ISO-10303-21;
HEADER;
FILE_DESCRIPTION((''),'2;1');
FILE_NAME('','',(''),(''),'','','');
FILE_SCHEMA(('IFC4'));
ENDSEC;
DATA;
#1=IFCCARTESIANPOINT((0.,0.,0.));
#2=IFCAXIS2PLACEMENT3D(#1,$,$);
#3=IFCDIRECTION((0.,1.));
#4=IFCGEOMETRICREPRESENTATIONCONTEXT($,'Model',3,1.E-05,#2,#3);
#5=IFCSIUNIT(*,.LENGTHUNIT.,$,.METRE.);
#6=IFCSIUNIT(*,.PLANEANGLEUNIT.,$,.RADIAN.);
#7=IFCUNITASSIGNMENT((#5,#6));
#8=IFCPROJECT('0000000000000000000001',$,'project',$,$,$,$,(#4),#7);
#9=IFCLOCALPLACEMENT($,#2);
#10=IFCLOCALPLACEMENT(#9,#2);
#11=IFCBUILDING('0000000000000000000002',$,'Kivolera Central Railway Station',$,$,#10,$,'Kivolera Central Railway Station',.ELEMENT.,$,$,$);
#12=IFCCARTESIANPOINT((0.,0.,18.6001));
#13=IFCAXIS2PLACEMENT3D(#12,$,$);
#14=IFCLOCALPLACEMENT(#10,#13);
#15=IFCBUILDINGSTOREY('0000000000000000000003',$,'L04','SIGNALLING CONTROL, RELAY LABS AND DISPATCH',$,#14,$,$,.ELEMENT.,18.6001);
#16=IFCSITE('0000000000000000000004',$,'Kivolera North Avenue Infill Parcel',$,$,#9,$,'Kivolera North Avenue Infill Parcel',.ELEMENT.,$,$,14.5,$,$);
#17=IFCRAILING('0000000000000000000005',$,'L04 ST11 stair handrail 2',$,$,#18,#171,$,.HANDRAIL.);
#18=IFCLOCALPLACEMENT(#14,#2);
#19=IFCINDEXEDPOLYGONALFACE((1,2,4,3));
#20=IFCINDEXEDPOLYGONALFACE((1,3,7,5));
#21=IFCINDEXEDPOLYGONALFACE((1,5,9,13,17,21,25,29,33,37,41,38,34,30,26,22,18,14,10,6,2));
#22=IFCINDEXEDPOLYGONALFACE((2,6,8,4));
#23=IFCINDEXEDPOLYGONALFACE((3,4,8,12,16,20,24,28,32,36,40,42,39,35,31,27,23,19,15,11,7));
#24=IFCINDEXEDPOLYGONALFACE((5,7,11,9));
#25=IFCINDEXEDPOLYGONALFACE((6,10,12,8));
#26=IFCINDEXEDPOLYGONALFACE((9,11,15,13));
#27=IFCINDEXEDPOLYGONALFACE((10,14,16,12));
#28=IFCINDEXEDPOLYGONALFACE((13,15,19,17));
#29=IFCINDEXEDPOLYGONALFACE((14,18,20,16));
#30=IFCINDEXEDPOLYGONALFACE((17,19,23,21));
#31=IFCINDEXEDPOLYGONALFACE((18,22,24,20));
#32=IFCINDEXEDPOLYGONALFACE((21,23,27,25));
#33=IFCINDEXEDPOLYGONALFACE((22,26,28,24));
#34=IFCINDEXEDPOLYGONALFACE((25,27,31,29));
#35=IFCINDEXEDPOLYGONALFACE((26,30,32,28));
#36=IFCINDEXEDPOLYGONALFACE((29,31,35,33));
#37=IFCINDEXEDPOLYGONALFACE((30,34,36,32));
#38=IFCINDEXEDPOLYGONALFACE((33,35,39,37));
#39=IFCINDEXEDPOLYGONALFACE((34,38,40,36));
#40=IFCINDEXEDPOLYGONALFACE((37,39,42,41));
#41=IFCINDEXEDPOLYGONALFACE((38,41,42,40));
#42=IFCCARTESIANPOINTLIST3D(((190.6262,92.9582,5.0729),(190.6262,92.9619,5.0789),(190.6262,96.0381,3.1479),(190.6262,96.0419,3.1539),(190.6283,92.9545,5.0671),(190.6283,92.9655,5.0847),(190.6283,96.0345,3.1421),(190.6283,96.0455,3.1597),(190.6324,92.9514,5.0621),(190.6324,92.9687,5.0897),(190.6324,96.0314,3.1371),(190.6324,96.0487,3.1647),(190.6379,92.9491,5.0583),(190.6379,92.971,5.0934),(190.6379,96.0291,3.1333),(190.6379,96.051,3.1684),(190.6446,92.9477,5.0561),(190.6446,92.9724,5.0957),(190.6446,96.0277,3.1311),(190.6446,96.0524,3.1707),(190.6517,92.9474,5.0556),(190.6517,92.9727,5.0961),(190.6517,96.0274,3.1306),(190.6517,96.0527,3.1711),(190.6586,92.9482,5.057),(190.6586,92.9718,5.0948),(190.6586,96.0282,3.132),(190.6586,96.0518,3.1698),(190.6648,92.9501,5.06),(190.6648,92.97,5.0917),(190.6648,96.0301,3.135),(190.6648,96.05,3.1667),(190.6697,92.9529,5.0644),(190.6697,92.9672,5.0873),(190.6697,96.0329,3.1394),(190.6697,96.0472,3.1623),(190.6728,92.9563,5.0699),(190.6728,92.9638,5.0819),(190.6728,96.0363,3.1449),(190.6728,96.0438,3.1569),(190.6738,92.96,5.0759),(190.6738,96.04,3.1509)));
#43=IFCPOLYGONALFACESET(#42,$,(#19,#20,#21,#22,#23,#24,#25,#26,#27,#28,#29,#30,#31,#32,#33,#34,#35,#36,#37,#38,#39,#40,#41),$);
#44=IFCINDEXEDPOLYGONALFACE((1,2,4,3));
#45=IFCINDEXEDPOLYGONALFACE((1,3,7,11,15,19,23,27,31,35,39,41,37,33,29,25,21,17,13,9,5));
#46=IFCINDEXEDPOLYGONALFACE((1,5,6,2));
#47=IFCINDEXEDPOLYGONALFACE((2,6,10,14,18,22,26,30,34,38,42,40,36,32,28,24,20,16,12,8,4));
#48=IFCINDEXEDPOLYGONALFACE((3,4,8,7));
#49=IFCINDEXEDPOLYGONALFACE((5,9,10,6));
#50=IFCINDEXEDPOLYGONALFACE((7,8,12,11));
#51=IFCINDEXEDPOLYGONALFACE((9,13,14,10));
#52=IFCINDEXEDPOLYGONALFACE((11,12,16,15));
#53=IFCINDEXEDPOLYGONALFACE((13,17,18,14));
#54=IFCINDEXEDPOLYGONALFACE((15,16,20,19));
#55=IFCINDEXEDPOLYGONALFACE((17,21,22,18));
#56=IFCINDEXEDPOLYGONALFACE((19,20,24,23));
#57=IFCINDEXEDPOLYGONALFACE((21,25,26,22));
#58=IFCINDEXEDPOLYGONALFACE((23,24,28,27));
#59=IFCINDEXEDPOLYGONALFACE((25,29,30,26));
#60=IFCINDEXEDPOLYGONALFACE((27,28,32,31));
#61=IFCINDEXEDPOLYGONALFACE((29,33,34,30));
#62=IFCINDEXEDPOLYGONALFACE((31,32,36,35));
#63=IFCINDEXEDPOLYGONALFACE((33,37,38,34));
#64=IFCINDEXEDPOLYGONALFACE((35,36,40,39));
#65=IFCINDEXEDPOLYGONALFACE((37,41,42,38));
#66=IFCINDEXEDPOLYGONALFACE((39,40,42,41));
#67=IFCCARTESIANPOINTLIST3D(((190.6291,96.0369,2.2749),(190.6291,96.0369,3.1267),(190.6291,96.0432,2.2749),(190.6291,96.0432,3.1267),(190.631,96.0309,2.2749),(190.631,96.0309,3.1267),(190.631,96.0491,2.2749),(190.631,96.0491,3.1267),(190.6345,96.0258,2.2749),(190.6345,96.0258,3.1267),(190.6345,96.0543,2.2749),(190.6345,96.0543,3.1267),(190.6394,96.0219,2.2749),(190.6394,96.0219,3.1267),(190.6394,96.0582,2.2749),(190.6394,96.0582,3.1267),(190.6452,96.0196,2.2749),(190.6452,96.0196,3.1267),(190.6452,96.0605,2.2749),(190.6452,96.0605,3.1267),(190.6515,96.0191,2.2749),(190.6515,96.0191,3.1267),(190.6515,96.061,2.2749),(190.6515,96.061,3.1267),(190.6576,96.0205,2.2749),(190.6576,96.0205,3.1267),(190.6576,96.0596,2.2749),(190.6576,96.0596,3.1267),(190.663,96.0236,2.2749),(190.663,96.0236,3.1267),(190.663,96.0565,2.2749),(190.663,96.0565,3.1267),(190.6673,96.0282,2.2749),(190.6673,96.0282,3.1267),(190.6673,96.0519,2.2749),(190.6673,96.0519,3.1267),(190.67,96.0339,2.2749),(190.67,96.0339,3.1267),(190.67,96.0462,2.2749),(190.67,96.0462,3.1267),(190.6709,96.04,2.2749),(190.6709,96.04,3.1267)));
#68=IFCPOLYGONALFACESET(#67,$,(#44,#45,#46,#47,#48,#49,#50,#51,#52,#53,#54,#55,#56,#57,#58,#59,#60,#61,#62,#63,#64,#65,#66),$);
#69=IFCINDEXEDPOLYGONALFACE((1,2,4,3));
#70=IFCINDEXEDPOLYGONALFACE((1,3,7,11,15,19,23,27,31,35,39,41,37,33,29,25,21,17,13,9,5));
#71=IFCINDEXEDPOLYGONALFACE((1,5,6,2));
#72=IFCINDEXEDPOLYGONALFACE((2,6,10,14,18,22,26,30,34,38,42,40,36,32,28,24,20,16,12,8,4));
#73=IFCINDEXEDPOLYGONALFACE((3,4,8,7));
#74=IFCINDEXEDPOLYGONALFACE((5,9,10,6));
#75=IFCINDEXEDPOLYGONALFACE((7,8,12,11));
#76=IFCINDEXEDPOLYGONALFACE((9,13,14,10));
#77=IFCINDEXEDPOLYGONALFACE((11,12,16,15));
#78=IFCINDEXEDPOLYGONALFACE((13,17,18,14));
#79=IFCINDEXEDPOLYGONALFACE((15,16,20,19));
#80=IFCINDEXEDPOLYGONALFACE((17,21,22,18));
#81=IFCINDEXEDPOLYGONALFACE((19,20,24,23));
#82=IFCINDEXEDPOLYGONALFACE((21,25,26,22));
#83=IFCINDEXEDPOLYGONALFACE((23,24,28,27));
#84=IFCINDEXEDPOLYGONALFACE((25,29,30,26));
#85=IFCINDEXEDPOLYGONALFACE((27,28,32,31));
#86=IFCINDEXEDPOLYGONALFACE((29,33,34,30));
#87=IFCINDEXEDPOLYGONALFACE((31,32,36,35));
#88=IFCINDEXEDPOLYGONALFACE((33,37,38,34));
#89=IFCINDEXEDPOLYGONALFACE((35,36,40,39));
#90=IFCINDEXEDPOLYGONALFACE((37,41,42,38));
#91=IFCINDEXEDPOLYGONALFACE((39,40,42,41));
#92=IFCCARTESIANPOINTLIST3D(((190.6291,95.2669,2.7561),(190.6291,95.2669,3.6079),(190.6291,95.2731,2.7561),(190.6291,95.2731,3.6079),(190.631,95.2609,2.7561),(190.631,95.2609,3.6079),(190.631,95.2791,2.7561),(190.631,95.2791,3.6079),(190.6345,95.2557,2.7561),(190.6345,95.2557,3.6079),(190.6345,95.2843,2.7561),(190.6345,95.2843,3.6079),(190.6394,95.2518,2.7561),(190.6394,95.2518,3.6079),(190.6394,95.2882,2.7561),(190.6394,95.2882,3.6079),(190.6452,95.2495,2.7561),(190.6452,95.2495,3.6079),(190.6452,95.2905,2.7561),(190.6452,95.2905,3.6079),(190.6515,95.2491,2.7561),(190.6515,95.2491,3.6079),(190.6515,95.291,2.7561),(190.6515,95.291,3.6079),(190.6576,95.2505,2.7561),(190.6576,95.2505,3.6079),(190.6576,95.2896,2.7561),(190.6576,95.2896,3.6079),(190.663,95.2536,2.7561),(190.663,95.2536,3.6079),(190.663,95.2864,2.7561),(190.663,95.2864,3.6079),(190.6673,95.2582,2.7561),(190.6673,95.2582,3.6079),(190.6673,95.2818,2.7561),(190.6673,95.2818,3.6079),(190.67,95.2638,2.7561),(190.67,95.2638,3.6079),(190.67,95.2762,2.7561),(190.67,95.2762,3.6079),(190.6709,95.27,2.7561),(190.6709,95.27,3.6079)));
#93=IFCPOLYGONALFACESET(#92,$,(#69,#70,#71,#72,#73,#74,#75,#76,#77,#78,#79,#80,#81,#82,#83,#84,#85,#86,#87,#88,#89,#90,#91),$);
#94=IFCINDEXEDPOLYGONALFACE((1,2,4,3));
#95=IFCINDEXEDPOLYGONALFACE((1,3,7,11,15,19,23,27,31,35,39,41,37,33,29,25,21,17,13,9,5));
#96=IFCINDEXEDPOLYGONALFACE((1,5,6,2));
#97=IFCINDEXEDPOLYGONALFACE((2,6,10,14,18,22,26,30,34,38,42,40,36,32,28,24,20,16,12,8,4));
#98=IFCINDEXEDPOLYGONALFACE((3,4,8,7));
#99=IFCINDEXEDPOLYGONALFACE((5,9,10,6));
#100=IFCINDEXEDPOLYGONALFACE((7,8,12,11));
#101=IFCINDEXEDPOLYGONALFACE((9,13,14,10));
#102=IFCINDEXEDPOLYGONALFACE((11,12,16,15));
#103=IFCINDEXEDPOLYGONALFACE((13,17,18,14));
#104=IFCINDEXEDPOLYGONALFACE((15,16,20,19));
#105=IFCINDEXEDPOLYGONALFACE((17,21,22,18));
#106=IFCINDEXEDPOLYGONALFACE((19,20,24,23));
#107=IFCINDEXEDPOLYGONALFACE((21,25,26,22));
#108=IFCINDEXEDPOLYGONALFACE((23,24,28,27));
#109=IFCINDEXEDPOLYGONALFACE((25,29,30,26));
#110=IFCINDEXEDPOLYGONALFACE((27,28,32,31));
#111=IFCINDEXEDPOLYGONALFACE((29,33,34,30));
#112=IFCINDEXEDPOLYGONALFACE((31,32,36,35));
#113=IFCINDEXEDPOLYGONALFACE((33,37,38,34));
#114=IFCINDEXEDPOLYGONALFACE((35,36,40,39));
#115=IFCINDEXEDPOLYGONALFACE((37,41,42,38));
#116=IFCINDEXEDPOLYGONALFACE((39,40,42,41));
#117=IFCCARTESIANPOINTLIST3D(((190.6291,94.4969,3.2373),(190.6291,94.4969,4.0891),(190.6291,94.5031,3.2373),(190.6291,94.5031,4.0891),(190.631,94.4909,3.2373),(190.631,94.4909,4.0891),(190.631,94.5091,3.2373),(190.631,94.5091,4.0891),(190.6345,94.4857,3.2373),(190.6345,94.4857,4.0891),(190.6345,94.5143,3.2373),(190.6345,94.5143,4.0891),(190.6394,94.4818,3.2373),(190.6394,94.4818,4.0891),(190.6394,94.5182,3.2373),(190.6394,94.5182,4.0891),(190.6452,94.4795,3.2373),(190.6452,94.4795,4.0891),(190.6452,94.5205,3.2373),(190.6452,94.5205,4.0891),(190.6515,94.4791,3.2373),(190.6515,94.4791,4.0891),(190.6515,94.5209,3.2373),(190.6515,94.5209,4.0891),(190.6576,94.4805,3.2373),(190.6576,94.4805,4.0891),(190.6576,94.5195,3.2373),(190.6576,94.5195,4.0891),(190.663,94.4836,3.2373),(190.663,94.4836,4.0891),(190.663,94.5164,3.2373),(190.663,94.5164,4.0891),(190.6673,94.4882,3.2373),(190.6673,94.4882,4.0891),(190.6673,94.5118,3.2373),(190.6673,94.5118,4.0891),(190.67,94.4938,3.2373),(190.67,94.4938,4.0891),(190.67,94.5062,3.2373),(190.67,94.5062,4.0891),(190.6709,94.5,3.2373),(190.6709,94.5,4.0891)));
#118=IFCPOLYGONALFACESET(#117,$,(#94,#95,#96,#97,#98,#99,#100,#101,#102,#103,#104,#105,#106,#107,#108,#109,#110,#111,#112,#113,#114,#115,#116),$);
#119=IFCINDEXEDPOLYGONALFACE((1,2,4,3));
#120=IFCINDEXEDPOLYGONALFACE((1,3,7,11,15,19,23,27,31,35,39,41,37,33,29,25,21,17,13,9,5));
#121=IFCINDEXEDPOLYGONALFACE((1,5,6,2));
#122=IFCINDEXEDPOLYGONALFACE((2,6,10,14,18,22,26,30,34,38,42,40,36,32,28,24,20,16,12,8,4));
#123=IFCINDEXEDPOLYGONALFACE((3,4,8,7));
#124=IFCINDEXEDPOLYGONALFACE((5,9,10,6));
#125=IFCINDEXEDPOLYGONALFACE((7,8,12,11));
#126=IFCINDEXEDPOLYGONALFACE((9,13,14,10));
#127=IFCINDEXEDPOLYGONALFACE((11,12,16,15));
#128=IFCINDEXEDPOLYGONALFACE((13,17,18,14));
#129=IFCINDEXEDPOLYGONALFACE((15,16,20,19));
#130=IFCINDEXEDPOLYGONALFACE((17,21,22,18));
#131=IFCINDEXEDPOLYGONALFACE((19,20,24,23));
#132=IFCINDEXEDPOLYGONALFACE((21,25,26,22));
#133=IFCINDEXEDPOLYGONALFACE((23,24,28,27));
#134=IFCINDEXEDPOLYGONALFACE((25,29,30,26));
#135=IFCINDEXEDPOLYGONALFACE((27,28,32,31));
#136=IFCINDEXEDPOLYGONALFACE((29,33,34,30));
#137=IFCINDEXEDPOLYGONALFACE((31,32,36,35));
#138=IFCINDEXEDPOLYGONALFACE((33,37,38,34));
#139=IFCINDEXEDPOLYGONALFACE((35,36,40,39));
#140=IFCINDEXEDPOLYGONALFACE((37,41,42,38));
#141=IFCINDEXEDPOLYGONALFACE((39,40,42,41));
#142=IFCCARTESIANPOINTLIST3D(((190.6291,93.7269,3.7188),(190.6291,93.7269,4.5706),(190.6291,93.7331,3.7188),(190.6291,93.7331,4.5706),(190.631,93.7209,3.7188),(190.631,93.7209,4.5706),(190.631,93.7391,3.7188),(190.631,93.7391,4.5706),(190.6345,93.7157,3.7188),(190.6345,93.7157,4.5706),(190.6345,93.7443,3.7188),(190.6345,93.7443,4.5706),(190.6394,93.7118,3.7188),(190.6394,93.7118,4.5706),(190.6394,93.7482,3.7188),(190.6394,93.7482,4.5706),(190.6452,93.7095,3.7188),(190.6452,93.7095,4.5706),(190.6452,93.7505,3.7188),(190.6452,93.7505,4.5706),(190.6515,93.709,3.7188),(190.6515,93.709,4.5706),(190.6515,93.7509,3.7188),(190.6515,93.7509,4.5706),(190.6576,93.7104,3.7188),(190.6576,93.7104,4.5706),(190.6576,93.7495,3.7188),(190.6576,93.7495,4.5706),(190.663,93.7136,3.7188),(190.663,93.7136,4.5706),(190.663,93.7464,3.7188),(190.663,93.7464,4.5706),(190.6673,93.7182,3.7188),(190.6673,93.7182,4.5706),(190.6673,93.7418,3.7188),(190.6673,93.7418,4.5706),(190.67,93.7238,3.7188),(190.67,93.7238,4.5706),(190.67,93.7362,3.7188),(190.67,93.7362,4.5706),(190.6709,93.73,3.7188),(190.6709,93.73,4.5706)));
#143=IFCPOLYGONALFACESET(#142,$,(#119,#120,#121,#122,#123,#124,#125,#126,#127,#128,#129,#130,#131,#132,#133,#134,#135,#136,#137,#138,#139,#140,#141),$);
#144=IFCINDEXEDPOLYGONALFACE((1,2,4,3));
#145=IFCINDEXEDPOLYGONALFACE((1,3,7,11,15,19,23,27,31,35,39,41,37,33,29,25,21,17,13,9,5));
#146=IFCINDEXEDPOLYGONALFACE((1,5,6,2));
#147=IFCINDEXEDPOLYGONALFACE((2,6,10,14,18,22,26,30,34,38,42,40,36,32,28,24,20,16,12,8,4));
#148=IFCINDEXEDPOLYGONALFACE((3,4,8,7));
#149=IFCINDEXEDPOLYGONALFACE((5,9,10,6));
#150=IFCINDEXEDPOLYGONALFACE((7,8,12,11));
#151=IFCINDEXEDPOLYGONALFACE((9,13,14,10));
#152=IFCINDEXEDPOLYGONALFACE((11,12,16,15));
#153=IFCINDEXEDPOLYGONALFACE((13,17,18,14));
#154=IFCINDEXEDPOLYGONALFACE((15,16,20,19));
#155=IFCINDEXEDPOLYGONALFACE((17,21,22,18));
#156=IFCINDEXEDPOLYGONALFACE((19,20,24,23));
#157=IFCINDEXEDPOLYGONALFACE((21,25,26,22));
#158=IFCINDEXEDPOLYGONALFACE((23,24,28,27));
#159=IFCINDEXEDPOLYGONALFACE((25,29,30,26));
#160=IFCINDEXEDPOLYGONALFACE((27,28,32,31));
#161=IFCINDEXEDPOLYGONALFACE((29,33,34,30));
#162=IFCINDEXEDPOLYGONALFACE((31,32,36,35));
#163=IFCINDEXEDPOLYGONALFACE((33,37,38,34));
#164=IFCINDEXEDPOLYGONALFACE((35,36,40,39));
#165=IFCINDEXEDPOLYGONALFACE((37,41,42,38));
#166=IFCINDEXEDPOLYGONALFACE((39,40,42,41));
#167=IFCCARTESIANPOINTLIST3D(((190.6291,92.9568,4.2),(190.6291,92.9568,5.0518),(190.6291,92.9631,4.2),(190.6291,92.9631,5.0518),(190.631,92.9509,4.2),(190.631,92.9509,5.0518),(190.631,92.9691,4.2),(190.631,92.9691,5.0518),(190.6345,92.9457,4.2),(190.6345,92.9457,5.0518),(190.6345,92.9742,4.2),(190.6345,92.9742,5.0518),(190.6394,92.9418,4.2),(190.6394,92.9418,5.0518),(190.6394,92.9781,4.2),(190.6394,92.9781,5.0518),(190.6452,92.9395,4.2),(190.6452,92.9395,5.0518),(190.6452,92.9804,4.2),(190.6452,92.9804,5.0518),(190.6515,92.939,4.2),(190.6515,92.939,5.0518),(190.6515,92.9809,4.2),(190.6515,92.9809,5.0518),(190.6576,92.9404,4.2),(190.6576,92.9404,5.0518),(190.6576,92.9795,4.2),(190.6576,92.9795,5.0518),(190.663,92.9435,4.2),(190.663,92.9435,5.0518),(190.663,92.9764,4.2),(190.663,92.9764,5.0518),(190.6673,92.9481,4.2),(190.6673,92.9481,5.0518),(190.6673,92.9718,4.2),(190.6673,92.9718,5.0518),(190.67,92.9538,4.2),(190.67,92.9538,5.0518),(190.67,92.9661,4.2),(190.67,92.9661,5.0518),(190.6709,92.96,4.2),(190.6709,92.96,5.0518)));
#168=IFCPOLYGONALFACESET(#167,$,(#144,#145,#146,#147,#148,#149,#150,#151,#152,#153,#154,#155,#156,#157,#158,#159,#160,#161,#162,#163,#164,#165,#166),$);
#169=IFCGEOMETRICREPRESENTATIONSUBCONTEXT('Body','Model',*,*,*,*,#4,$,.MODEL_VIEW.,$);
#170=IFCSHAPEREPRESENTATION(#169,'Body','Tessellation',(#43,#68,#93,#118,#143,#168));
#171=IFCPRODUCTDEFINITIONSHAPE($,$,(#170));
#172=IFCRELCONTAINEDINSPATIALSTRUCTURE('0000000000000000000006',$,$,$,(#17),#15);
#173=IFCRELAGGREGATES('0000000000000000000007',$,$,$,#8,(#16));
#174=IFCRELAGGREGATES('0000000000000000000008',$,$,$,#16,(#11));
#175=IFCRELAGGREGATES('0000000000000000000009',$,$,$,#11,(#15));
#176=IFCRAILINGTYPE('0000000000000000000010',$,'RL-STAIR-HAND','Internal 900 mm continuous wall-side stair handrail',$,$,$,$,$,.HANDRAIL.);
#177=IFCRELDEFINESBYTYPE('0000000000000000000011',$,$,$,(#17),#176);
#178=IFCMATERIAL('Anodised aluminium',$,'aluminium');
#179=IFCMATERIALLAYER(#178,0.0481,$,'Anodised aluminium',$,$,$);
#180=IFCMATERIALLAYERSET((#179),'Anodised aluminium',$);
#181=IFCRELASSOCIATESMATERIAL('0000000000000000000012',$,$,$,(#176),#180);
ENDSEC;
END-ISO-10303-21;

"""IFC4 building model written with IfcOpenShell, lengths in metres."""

from ifc_helpers import new_model, si_unit, direction, frame, origin, origin_2d, place, context, subcontext, project, spatial, circle, extrude, material, layer, layer_set, type_object, element, save


model = new_model("IFC4")

# Units and contexts
model_context = context("Model", 3, precision=1e-05, world=origin(), true_north=direction((0.0, 1.0)))
body_context = subcontext(model_context, "Body", "Model", "MODEL_VIEW")
ifc_project = project(units=[si_unit("LENGTHUNIT", "METRE"), si_unit("PLANEANGLEUNIT", "RADIAN")], contexts=[model_context])

# Site, building, storey
site_placement = place(None, origin())
site = spatial("IfcSite", under=ifc_project, at=site_placement, Name="Kivolera North Avenue Infill Parcel", LongName="Kivolera North Avenue Infill Parcel", CompositionType="ELEMENT", RefElevation=14.5)
building_placement = place(site_placement, origin())
building = spatial("IfcBuilding", under=site, at=building_placement, Name="Kivolera Central Railway Station", LongName="Kivolera Central Railway Station", CompositionType="ELEMENT")
storey_placement = place(building_placement, frame((0.0, 0.0, 18.6001)))
storey = spatial("IfcBuildingStorey", under=building, at=storey_placement, Name="L04", Description="SIGNALLING CONTROL, RELAY LABS AND DISPATCH", CompositionType="ELEMENT", Elevation=18.6001)

# Shared definitions
ifc_material_1 = material(Name="Anodised aluminium", Category="aluminium")

# Railing
ifc_layer_1 = layer(ifc_material_1, 0.0481, Name="Anodised aluminium")
ifc_layer_set_1 = layer_set([ifc_layer_1], Name="Anodised aluminium")
railing_type_1 = type_object("IfcRailingType", Name="RL-STAIR-HAND", Description="Internal 900 mm continuous wall-side stair handrail", PredefinedType="HANDRAIL", material=ifc_layer_set_1)
railing_1_placement = place(storey_placement, frame((190.6499, 96.04, 2.2749)))
element("IfcRailing", 1, at=railing_1_placement, inside=storey, type_object=railing_type_1, Name="L04 ST11 stair handrail 2", PredefinedType="HANDRAIL", context=body_context, shape_type="SweptSolid", body=[
    extrude(circle(Radius=0.0239, at=origin_2d()), frame((0.0, 0.0, 0.876), z_axis=(0.0, -0.847998, 0.529999), x_axis=(1.0, 0.0, 0.0)), (0.0, 0.0, 1.0), 3.6321),
    extrude(circle(Radius=0.021, at=origin_2d()), origin(), (0.0, 0.0, 1.0), 0.8518),
    extrude(circle(Radius=0.021, at=origin_2d()), frame((0.0, -0.77, 0.4812)), (0.0, 0.0, 1.0), 0.8518),
    extrude(circle(Radius=0.021, at=origin_2d()), frame((0.0, -1.54, 0.9624)), (0.0, 0.0, 1.0), 0.8518),
    extrude(circle(Radius=0.021, at=origin_2d()), frame((0.0, -2.3101, 1.4438)), (0.0, 0.0, 1.0), 0.8518),
    extrude(circle(Radius=0.021, at=origin_2d()), frame((0.0, -3.0801, 1.925)), (0.0, 0.0, 1.0), 0.8518),
])

save(model, "model.ifc")
